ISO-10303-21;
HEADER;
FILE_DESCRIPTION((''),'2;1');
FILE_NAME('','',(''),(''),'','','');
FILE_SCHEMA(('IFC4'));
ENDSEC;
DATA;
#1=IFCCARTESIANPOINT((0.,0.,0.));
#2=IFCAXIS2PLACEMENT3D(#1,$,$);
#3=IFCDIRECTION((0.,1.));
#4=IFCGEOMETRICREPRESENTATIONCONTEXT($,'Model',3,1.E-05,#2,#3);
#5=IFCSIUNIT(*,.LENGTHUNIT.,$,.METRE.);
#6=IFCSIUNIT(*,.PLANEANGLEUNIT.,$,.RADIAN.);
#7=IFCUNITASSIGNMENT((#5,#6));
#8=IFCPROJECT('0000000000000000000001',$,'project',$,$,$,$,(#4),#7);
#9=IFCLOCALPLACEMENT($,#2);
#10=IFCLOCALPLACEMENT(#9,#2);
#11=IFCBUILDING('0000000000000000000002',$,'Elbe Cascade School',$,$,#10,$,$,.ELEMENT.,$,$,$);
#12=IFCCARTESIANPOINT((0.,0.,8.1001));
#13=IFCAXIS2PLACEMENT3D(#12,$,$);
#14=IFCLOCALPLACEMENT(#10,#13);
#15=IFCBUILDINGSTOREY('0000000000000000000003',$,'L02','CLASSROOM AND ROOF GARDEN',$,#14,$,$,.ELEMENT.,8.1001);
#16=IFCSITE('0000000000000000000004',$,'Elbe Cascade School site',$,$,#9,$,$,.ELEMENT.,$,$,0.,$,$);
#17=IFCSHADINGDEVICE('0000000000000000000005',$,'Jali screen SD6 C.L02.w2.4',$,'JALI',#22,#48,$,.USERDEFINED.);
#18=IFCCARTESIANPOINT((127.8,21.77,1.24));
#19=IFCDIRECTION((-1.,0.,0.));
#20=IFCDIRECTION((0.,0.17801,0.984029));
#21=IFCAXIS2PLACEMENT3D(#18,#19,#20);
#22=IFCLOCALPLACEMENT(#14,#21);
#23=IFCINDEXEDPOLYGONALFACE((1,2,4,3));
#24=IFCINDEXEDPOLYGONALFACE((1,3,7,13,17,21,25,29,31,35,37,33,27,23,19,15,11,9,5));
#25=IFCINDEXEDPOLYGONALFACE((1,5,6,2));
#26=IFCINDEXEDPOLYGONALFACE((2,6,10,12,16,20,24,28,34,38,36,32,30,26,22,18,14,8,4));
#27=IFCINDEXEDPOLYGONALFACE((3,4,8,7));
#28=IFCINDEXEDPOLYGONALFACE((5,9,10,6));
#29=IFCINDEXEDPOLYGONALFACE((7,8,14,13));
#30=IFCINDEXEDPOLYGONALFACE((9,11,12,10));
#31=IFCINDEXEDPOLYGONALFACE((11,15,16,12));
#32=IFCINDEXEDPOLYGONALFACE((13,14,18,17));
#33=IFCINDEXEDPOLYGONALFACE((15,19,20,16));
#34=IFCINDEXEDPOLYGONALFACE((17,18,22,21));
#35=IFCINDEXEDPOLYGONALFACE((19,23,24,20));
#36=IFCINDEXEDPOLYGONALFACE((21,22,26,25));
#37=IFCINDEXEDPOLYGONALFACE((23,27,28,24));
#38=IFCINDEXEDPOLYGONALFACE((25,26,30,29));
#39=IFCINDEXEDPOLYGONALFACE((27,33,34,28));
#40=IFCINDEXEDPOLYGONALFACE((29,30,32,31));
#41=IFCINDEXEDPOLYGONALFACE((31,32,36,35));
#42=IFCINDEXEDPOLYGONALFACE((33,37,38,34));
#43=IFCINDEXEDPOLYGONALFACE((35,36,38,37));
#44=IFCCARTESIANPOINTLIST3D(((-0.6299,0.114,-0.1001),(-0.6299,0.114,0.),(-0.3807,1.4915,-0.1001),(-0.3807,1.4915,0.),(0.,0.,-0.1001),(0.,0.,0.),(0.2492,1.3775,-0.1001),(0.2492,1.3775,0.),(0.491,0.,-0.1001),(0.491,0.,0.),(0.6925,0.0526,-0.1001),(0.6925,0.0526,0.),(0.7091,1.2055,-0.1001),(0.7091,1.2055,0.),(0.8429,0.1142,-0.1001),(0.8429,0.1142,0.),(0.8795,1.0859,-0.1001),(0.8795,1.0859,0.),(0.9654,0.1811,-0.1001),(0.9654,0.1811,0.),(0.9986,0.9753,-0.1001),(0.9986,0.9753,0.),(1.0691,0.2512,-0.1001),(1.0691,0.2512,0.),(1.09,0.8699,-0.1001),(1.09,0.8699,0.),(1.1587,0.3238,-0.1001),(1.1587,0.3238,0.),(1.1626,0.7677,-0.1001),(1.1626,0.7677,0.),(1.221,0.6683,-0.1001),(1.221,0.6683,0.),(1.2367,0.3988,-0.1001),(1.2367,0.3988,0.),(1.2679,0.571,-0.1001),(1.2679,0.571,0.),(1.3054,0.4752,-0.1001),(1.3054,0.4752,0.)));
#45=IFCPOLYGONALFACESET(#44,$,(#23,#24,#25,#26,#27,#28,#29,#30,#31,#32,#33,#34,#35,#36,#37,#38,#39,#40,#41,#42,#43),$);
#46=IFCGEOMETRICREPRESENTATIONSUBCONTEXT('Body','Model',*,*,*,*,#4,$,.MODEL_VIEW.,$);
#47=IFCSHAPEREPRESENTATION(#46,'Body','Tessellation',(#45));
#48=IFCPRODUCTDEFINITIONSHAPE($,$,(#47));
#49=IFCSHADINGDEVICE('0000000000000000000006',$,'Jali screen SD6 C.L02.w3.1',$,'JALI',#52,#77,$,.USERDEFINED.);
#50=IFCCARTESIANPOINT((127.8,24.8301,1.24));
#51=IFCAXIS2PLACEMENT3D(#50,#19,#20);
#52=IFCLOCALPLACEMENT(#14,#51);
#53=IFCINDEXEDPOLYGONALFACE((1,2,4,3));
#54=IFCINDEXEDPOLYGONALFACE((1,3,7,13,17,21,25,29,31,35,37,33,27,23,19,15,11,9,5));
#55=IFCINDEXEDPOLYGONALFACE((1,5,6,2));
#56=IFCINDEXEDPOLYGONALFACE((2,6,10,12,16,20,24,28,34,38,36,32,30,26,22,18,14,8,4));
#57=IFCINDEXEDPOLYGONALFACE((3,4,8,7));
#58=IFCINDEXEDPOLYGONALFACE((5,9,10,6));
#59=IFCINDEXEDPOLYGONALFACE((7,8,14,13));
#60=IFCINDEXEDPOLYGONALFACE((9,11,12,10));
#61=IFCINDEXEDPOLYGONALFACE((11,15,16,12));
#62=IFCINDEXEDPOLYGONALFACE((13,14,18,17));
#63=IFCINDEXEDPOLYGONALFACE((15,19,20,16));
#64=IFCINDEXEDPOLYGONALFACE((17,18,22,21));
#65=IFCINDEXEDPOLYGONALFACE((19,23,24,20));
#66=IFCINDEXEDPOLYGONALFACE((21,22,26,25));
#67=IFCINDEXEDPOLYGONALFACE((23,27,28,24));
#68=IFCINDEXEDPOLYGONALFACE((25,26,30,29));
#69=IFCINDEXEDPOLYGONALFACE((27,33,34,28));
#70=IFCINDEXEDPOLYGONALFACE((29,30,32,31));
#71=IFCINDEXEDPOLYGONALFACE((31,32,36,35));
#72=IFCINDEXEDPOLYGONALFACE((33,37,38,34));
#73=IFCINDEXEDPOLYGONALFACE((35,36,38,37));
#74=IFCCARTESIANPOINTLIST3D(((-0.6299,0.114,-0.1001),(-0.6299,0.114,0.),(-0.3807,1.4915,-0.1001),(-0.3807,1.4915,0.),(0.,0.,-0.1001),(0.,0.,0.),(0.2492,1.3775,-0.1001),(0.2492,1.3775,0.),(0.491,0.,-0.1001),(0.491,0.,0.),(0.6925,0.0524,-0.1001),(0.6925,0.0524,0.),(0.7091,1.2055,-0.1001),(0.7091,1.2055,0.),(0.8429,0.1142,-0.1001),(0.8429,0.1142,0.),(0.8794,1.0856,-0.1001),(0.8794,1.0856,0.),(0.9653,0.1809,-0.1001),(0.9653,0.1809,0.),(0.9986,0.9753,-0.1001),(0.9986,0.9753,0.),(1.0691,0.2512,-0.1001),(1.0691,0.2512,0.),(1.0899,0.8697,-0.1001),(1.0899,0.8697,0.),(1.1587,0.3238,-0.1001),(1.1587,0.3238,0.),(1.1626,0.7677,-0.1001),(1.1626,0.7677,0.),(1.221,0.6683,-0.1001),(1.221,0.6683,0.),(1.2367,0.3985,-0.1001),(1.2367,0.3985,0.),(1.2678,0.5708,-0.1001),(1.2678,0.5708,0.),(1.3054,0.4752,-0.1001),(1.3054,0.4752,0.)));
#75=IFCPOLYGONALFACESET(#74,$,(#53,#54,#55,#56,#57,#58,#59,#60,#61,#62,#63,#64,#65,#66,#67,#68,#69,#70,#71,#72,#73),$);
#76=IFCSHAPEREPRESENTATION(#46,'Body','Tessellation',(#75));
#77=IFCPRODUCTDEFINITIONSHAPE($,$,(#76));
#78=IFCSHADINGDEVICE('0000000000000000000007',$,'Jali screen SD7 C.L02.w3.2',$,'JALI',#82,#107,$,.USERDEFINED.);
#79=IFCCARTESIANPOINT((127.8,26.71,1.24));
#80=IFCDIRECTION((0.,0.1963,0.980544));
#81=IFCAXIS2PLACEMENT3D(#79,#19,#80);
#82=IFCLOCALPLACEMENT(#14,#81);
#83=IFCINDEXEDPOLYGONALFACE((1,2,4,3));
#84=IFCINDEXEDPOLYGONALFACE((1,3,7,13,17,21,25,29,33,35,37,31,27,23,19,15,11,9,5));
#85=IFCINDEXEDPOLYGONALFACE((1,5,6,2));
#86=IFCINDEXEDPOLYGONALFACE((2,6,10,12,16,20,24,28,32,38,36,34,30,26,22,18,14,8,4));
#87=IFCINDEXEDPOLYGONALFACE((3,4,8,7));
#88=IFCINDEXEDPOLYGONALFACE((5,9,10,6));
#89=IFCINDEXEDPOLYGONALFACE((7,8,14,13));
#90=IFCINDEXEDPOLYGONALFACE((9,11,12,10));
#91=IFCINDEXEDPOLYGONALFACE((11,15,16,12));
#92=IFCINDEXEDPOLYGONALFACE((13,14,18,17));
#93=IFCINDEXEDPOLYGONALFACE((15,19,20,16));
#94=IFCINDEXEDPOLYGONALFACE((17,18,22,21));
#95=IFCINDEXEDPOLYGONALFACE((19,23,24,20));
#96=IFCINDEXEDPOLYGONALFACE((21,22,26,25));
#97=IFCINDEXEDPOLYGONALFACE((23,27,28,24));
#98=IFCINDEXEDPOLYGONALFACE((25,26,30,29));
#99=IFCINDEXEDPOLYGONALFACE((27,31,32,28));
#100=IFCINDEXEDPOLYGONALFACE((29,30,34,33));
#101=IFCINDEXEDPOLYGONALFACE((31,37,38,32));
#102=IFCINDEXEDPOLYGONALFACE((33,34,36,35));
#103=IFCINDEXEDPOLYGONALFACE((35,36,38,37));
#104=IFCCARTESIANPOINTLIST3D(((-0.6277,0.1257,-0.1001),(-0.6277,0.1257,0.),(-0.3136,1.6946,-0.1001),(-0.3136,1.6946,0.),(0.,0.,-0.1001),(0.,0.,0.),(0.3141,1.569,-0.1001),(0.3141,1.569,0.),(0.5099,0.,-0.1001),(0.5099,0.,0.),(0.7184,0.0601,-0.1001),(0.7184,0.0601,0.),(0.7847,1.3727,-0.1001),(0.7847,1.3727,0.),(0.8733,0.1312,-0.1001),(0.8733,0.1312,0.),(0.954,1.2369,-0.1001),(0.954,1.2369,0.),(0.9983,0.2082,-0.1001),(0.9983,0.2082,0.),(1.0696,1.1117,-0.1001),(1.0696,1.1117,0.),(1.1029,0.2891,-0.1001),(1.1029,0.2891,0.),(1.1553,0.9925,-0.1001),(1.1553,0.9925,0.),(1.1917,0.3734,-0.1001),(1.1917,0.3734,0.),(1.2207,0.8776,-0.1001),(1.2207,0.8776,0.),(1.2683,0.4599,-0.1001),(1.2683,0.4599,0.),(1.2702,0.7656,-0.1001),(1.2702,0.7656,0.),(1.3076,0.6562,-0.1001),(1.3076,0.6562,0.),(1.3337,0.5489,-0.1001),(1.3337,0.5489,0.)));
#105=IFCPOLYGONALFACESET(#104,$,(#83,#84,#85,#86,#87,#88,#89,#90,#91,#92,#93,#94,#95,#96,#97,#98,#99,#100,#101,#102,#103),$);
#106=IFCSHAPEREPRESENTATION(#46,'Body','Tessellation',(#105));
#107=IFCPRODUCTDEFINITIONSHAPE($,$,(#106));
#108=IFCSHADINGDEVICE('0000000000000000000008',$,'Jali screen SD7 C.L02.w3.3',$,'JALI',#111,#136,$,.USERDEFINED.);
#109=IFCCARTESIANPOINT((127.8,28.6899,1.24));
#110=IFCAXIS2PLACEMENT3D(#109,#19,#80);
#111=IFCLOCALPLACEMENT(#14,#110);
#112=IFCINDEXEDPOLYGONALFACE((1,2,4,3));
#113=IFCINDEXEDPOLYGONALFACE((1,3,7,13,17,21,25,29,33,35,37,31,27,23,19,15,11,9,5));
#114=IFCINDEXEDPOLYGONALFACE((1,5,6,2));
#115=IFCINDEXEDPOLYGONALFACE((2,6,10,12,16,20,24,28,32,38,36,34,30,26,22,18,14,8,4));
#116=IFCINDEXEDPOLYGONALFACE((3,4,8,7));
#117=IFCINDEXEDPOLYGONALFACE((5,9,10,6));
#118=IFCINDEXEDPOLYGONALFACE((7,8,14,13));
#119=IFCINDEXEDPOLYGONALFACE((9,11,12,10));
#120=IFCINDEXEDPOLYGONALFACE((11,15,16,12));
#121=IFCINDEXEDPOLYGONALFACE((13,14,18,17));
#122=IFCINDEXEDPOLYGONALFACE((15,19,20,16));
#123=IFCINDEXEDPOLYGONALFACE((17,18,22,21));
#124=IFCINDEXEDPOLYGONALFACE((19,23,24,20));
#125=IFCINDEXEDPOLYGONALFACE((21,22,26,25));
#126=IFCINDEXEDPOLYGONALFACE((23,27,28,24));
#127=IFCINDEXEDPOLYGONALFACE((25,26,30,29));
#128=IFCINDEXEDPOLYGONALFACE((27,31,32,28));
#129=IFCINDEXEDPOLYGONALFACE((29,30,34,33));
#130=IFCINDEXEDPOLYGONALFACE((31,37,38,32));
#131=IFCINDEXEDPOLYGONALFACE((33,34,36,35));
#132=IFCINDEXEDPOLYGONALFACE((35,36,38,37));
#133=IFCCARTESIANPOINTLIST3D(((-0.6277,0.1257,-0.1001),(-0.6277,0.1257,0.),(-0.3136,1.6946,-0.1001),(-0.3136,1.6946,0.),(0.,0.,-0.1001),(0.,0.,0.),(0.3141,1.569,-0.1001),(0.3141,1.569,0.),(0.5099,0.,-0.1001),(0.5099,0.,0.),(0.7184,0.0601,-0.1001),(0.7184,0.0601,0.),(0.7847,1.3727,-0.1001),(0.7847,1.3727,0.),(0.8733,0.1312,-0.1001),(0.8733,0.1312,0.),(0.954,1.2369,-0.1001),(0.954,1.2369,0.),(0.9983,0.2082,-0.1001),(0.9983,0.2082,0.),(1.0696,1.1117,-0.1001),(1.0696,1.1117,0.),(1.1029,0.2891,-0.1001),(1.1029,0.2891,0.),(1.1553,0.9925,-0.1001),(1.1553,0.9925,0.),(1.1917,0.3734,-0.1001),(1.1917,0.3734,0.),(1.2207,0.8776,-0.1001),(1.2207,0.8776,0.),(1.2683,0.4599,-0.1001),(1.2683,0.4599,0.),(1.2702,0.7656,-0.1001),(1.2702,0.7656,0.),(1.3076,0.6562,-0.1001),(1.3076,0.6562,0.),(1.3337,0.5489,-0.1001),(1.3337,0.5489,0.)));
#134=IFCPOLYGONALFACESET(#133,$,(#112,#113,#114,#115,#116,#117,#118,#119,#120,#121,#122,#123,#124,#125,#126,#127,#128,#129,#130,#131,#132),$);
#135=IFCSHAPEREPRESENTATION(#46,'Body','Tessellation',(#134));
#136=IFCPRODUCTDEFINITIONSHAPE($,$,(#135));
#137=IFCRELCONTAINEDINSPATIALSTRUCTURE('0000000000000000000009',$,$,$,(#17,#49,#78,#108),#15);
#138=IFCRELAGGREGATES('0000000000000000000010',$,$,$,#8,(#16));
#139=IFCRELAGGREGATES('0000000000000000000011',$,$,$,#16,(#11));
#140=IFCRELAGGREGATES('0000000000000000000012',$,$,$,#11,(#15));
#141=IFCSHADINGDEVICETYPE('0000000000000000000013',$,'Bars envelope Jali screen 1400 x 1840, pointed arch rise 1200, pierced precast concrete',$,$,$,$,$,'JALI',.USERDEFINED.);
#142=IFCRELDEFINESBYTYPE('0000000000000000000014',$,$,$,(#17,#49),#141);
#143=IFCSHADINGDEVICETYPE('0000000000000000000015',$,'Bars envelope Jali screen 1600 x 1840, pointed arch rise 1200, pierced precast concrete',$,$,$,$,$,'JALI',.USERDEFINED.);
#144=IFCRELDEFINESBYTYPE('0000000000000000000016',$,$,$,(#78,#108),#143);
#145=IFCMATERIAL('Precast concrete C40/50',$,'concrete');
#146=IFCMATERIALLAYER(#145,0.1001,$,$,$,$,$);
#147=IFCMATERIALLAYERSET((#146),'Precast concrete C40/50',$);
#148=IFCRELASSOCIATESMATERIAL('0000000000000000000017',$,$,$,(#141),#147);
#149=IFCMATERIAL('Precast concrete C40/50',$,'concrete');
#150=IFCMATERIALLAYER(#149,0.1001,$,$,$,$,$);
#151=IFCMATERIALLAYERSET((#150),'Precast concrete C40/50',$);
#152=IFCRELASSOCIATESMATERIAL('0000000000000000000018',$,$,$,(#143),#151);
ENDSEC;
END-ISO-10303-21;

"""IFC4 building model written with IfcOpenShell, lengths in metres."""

from ifc_helpers import new_model, si_unit, direction, frame, origin, place, context, subcontext, project, spatial, polyline, outline, extrude, material, layer, layer_set, type_object, element, save


model = new_model("IFC4")

# Units and contexts
model_context = context("Model", 3, precision=1e-05, world=origin(), true_north=direction((0.0, 1.0)))
body_context = subcontext(model_context, "Body", "Model", "MODEL_VIEW")
ifc_project = project(units=[si_unit("LENGTHUNIT", "METRE"), si_unit("PLANEANGLEUNIT", "RADIAN")], contexts=[model_context])

# Site, building, storey
site_placement = place(None, origin())
site = spatial("IfcSite", under=ifc_project, at=site_placement, Name="Elbe Cascade School site", CompositionType="ELEMENT", RefElevation=0.0)
building_placement = place(site_placement, origin())
building = spatial("IfcBuilding", under=site, at=building_placement, Name="Elbe Cascade School", CompositionType="ELEMENT")
storey_placement = place(building_placement, frame((0.0, 0.0, 8.1001)))
storey = spatial("IfcBuildingStorey", under=building, at=storey_placement, Name="L02", Description="CLASSROOM AND ROOF GARDEN", CompositionType="ELEMENT", Elevation=8.1001)

# Shading devices
ifc_material_1 = material(Name="Precast concrete C40/50", Category="concrete")
ifc_layer_1 = layer(ifc_material_1, 0.1001)
ifc_layer_set_1 = layer_set([ifc_layer_1], Name="Precast concrete C40/50")
shading_device_type_1 = type_object("IfcShadingDeviceType", Name="Bars envelope Jali screen 1400 x 1840, pointed arch rise 1200, pierced precast concrete", ElementType="JALI", PredefinedType="USERDEFINED", material=ifc_layer_set_1)
shading_device_1_placement = place(storey_placement, frame((127.8, 21.77, 1.24), z_axis=(-1.0, 0.0, 0.0), x_axis=(0.0, 0.17801, 0.984029)))
element("IfcShadingDevice", 1, at=shading_device_1_placement, inside=storey, type_object=shading_device_type_1, Name="Jali screen SD6 C.L02.w2.4", ObjectType="JALI", PredefinedType="USERDEFINED", context=body_context, shape_type="SweptSolid", body=[
    extrude(outline(polyline([(0.0, 0.0), (0.491, 0.0), (0.6925, 0.0526), (0.8429, 0.1142), (0.9654, 0.1811), (1.0691, 0.2512), (1.1587, 0.3238), (1.2367, 0.3988), (1.3054, 0.4752), (1.2679, 0.571), (1.221, 0.6683), (1.1626, 0.7677), (1.09, 0.8699), (0.9986, 0.9753), (0.8795, 1.0859), (0.7091, 1.2055), (0.2492, 1.3775), (-0.3807, 1.4915), (-0.6299, 0.114), (0.0, 0.0)])), origin(), (0.0, 0.0, -1.0), 0.1001),
])
shading_device_2_placement = place(storey_placement, frame((127.8, 24.8301, 1.24), z_axis=(-1.0, 0.0, 0.0), x_axis=(0.0, 0.17801, 0.984029)))
element("IfcShadingDevice", 2, at=shading_device_2_placement, inside=storey, type_object=shading_device_type_1, Name="Jali screen SD6 C.L02.w3.1", ObjectType="JALI", PredefinedType="USERDEFINED", context=body_context, shape_type="SweptSolid", body=[
    extrude(outline(polyline([(0.0, 0.0), (0.491, 0.0), (0.6925, 0.0524), (0.8429, 0.1142), (0.9653, 0.1809), (1.0691, 0.2512), (1.1587, 0.3238), (1.2367, 0.3985), (1.3054, 0.4752), (1.2678, 0.5708), (1.221, 0.6683), (1.1626, 0.7677), (1.0899, 0.8697), (0.9986, 0.9753), (0.8794, 1.0856), (0.7091, 1.2055), (0.2492, 1.3775), (-0.3807, 1.4915), (-0.6299, 0.114), (0.0, 0.0)])), origin(), (0.0, 0.0, -1.0), 0.1001),
])
ifc_material_2 = material(Name="Precast concrete C40/50", Category="concrete")
ifc_layer_2 = layer(ifc_material_2, 0.1001)
ifc_layer_set_2 = layer_set([ifc_layer_2], Name="Precast concrete C40/50")
shading_device_type_2 = type_object("IfcShadingDeviceType", Name="Bars envelope Jali screen 1600 x 1840, pointed arch rise 1200, pierced precast concrete", ElementType="JALI", PredefinedType="USERDEFINED", material=ifc_layer_set_2)
for number, where, z_axis, x_axis, name in (
    (3, (127.8, 26.71, 1.24), (-1.0, 0.0, 0.0), (0.0, 0.1963, 0.980544), "Jali screen SD7 C.L02.w3.2"),
    (4, (127.8, 28.6899, 1.24), (-1.0, 0.0, 0.0), (0.0, 0.1963, 0.980544), "Jali screen SD7 C.L02.w3.3"),
):
    element("IfcShadingDevice", number, at=place(storey_placement, frame(where, z_axis=z_axis, x_axis=x_axis)), inside=storey, type_object=shading_device_type_2, Name=name, ObjectType="JALI", PredefinedType="USERDEFINED", context=body_context, shape_type="SweptSolid", body=[
        extrude(outline(polyline([(0.0, 0.0), (0.5099, 0.0), (0.7184, 0.0601), (0.8733, 0.1312), (0.9983, 0.2082), (1.1029, 0.2891), (1.1917, 0.3734), (1.2683, 0.4599), (1.3337, 0.5489), (1.3076, 0.6562), (1.2702, 0.7656), (1.2207, 0.8776), (1.1553, 0.9925), (1.0696, 1.1117), (0.954, 1.2369), (0.7847, 1.3727), (0.3141, 1.569), (-0.3136, 1.6946), (-0.6277, 0.1257), (0.0, 0.0)])), origin(), (0.0, 0.0, -1.0), 0.1001),
    ])

save(model, "model.ifc")
